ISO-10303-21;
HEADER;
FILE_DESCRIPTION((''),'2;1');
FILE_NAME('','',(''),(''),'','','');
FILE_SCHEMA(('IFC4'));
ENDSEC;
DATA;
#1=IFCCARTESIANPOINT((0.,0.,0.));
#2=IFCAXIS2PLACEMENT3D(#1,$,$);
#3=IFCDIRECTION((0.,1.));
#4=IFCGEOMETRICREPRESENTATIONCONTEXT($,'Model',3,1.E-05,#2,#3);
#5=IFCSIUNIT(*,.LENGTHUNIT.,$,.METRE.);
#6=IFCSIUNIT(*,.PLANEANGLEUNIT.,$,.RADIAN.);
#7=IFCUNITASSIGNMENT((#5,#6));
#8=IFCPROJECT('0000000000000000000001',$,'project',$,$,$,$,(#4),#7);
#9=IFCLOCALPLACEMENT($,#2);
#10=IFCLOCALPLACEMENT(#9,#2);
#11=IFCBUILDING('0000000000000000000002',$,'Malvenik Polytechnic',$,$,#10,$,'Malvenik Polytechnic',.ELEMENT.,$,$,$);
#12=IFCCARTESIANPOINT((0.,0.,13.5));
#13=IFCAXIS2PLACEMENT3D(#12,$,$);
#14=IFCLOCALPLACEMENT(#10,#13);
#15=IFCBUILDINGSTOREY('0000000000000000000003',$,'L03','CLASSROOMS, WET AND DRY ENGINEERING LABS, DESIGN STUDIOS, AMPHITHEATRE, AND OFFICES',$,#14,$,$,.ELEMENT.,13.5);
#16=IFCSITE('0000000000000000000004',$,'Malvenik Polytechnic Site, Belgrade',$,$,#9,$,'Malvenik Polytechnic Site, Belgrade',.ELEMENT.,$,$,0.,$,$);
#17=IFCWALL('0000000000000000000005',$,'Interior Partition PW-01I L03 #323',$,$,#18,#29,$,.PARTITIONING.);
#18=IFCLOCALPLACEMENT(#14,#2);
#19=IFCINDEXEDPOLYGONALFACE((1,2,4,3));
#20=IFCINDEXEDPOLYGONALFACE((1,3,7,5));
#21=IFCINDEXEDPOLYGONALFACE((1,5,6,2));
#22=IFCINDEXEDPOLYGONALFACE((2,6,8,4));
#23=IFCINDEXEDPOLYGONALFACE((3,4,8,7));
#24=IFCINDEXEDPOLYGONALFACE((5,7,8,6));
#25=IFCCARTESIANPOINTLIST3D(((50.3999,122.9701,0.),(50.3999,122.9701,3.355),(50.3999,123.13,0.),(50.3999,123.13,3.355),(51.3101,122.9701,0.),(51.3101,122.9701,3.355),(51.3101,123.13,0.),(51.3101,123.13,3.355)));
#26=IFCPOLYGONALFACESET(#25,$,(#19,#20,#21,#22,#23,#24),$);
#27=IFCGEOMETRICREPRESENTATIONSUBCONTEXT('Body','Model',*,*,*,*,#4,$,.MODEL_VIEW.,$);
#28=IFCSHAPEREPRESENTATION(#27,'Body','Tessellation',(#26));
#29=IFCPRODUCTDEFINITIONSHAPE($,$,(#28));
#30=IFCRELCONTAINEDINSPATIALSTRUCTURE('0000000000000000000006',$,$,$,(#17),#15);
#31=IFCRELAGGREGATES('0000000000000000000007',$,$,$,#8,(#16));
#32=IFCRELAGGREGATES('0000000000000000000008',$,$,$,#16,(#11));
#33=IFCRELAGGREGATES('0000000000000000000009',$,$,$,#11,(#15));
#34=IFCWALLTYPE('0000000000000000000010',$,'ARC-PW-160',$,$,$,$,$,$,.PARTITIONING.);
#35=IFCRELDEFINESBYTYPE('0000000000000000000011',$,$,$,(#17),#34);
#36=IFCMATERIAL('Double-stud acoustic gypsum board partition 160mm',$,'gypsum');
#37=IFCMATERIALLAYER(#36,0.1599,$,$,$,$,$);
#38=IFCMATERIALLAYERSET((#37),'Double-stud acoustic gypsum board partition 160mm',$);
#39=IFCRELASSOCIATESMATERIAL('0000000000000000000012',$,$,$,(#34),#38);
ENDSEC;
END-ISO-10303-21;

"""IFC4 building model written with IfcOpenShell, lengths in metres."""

from ifc_helpers import new_model, si_unit, direction, frame, frame_2d, origin, place, context, subcontext, project, spatial, rectangle, extrude, material, layer, layer_set, type_object, element, save


model = new_model("IFC4")

# Units and contexts
model_context = context("Model", 3, precision=1e-05, world=origin(), true_north=direction((0.0, 1.0)))
body_context = subcontext(model_context, "Body", "Model", "MODEL_VIEW")
ifc_project = project(units=[si_unit("LENGTHUNIT", "METRE"), si_unit("PLANEANGLEUNIT", "RADIAN")], contexts=[model_context])

# Site, building, storey
site_placement = place(None, origin())
site = spatial("IfcSite", under=ifc_project, at=site_placement, Name="Malvenik Polytechnic Site, Belgrade", LongName="Malvenik Polytechnic Site, Belgrade", CompositionType="ELEMENT", RefElevation=0.0)
building_placement = place(site_placement, origin())
building = spatial("IfcBuilding", under=site, at=building_placement, Name="Malvenik Polytechnic", LongName="Malvenik Polytechnic", CompositionType="ELEMENT")
storey_placement = place(building_placement, frame((0.0, 0.0, 13.5)))
storey = spatial("IfcBuildingStorey", under=building, at=storey_placement, Name="L03", Description="CLASSROOMS, WET AND DRY ENGINEERING LABS, DESIGN STUDIOS, AMPHITHEATRE, AND OFFICES", CompositionType="ELEMENT", Elevation=13.5)

# Shared definitions
ifc_material_1 = material(Name="Double-stud acoustic gypsum board partition 160mm", Category="gypsum")
ifc_layer_1 = layer(ifc_material_1, 0.1599)
ifc_layer_set_1 = layer_set([ifc_layer_1], Name="Double-stud acoustic gypsum board partition 160mm")
wall_type_1 = type_object("IfcWallType", Name="ARC-PW-160", PredefinedType="PARTITIONING", material=ifc_layer_set_1)

# Wall
wall_1_placement = place(storey_placement, frame((51.3101, 123.05, 0.0), z_axis=(0.0, 0.0, 1.0), x_axis=(-1.0, 0.0, 0.0)))
element("IfcWall", 1, at=wall_1_placement, inside=storey, type_object=wall_type_1, Name="Interior Partition PW-01I L03 #323", PredefinedType="PARTITIONING", context=body_context, shape_type="SweptSolid", body=[
    extrude(rectangle(XDim=0.9102, YDim=0.1599, at=frame_2d((0.4551, 0.0))), origin(), (0.0, 0.0, 1.0), 3.355),
])

save(model, "model.ifc")
